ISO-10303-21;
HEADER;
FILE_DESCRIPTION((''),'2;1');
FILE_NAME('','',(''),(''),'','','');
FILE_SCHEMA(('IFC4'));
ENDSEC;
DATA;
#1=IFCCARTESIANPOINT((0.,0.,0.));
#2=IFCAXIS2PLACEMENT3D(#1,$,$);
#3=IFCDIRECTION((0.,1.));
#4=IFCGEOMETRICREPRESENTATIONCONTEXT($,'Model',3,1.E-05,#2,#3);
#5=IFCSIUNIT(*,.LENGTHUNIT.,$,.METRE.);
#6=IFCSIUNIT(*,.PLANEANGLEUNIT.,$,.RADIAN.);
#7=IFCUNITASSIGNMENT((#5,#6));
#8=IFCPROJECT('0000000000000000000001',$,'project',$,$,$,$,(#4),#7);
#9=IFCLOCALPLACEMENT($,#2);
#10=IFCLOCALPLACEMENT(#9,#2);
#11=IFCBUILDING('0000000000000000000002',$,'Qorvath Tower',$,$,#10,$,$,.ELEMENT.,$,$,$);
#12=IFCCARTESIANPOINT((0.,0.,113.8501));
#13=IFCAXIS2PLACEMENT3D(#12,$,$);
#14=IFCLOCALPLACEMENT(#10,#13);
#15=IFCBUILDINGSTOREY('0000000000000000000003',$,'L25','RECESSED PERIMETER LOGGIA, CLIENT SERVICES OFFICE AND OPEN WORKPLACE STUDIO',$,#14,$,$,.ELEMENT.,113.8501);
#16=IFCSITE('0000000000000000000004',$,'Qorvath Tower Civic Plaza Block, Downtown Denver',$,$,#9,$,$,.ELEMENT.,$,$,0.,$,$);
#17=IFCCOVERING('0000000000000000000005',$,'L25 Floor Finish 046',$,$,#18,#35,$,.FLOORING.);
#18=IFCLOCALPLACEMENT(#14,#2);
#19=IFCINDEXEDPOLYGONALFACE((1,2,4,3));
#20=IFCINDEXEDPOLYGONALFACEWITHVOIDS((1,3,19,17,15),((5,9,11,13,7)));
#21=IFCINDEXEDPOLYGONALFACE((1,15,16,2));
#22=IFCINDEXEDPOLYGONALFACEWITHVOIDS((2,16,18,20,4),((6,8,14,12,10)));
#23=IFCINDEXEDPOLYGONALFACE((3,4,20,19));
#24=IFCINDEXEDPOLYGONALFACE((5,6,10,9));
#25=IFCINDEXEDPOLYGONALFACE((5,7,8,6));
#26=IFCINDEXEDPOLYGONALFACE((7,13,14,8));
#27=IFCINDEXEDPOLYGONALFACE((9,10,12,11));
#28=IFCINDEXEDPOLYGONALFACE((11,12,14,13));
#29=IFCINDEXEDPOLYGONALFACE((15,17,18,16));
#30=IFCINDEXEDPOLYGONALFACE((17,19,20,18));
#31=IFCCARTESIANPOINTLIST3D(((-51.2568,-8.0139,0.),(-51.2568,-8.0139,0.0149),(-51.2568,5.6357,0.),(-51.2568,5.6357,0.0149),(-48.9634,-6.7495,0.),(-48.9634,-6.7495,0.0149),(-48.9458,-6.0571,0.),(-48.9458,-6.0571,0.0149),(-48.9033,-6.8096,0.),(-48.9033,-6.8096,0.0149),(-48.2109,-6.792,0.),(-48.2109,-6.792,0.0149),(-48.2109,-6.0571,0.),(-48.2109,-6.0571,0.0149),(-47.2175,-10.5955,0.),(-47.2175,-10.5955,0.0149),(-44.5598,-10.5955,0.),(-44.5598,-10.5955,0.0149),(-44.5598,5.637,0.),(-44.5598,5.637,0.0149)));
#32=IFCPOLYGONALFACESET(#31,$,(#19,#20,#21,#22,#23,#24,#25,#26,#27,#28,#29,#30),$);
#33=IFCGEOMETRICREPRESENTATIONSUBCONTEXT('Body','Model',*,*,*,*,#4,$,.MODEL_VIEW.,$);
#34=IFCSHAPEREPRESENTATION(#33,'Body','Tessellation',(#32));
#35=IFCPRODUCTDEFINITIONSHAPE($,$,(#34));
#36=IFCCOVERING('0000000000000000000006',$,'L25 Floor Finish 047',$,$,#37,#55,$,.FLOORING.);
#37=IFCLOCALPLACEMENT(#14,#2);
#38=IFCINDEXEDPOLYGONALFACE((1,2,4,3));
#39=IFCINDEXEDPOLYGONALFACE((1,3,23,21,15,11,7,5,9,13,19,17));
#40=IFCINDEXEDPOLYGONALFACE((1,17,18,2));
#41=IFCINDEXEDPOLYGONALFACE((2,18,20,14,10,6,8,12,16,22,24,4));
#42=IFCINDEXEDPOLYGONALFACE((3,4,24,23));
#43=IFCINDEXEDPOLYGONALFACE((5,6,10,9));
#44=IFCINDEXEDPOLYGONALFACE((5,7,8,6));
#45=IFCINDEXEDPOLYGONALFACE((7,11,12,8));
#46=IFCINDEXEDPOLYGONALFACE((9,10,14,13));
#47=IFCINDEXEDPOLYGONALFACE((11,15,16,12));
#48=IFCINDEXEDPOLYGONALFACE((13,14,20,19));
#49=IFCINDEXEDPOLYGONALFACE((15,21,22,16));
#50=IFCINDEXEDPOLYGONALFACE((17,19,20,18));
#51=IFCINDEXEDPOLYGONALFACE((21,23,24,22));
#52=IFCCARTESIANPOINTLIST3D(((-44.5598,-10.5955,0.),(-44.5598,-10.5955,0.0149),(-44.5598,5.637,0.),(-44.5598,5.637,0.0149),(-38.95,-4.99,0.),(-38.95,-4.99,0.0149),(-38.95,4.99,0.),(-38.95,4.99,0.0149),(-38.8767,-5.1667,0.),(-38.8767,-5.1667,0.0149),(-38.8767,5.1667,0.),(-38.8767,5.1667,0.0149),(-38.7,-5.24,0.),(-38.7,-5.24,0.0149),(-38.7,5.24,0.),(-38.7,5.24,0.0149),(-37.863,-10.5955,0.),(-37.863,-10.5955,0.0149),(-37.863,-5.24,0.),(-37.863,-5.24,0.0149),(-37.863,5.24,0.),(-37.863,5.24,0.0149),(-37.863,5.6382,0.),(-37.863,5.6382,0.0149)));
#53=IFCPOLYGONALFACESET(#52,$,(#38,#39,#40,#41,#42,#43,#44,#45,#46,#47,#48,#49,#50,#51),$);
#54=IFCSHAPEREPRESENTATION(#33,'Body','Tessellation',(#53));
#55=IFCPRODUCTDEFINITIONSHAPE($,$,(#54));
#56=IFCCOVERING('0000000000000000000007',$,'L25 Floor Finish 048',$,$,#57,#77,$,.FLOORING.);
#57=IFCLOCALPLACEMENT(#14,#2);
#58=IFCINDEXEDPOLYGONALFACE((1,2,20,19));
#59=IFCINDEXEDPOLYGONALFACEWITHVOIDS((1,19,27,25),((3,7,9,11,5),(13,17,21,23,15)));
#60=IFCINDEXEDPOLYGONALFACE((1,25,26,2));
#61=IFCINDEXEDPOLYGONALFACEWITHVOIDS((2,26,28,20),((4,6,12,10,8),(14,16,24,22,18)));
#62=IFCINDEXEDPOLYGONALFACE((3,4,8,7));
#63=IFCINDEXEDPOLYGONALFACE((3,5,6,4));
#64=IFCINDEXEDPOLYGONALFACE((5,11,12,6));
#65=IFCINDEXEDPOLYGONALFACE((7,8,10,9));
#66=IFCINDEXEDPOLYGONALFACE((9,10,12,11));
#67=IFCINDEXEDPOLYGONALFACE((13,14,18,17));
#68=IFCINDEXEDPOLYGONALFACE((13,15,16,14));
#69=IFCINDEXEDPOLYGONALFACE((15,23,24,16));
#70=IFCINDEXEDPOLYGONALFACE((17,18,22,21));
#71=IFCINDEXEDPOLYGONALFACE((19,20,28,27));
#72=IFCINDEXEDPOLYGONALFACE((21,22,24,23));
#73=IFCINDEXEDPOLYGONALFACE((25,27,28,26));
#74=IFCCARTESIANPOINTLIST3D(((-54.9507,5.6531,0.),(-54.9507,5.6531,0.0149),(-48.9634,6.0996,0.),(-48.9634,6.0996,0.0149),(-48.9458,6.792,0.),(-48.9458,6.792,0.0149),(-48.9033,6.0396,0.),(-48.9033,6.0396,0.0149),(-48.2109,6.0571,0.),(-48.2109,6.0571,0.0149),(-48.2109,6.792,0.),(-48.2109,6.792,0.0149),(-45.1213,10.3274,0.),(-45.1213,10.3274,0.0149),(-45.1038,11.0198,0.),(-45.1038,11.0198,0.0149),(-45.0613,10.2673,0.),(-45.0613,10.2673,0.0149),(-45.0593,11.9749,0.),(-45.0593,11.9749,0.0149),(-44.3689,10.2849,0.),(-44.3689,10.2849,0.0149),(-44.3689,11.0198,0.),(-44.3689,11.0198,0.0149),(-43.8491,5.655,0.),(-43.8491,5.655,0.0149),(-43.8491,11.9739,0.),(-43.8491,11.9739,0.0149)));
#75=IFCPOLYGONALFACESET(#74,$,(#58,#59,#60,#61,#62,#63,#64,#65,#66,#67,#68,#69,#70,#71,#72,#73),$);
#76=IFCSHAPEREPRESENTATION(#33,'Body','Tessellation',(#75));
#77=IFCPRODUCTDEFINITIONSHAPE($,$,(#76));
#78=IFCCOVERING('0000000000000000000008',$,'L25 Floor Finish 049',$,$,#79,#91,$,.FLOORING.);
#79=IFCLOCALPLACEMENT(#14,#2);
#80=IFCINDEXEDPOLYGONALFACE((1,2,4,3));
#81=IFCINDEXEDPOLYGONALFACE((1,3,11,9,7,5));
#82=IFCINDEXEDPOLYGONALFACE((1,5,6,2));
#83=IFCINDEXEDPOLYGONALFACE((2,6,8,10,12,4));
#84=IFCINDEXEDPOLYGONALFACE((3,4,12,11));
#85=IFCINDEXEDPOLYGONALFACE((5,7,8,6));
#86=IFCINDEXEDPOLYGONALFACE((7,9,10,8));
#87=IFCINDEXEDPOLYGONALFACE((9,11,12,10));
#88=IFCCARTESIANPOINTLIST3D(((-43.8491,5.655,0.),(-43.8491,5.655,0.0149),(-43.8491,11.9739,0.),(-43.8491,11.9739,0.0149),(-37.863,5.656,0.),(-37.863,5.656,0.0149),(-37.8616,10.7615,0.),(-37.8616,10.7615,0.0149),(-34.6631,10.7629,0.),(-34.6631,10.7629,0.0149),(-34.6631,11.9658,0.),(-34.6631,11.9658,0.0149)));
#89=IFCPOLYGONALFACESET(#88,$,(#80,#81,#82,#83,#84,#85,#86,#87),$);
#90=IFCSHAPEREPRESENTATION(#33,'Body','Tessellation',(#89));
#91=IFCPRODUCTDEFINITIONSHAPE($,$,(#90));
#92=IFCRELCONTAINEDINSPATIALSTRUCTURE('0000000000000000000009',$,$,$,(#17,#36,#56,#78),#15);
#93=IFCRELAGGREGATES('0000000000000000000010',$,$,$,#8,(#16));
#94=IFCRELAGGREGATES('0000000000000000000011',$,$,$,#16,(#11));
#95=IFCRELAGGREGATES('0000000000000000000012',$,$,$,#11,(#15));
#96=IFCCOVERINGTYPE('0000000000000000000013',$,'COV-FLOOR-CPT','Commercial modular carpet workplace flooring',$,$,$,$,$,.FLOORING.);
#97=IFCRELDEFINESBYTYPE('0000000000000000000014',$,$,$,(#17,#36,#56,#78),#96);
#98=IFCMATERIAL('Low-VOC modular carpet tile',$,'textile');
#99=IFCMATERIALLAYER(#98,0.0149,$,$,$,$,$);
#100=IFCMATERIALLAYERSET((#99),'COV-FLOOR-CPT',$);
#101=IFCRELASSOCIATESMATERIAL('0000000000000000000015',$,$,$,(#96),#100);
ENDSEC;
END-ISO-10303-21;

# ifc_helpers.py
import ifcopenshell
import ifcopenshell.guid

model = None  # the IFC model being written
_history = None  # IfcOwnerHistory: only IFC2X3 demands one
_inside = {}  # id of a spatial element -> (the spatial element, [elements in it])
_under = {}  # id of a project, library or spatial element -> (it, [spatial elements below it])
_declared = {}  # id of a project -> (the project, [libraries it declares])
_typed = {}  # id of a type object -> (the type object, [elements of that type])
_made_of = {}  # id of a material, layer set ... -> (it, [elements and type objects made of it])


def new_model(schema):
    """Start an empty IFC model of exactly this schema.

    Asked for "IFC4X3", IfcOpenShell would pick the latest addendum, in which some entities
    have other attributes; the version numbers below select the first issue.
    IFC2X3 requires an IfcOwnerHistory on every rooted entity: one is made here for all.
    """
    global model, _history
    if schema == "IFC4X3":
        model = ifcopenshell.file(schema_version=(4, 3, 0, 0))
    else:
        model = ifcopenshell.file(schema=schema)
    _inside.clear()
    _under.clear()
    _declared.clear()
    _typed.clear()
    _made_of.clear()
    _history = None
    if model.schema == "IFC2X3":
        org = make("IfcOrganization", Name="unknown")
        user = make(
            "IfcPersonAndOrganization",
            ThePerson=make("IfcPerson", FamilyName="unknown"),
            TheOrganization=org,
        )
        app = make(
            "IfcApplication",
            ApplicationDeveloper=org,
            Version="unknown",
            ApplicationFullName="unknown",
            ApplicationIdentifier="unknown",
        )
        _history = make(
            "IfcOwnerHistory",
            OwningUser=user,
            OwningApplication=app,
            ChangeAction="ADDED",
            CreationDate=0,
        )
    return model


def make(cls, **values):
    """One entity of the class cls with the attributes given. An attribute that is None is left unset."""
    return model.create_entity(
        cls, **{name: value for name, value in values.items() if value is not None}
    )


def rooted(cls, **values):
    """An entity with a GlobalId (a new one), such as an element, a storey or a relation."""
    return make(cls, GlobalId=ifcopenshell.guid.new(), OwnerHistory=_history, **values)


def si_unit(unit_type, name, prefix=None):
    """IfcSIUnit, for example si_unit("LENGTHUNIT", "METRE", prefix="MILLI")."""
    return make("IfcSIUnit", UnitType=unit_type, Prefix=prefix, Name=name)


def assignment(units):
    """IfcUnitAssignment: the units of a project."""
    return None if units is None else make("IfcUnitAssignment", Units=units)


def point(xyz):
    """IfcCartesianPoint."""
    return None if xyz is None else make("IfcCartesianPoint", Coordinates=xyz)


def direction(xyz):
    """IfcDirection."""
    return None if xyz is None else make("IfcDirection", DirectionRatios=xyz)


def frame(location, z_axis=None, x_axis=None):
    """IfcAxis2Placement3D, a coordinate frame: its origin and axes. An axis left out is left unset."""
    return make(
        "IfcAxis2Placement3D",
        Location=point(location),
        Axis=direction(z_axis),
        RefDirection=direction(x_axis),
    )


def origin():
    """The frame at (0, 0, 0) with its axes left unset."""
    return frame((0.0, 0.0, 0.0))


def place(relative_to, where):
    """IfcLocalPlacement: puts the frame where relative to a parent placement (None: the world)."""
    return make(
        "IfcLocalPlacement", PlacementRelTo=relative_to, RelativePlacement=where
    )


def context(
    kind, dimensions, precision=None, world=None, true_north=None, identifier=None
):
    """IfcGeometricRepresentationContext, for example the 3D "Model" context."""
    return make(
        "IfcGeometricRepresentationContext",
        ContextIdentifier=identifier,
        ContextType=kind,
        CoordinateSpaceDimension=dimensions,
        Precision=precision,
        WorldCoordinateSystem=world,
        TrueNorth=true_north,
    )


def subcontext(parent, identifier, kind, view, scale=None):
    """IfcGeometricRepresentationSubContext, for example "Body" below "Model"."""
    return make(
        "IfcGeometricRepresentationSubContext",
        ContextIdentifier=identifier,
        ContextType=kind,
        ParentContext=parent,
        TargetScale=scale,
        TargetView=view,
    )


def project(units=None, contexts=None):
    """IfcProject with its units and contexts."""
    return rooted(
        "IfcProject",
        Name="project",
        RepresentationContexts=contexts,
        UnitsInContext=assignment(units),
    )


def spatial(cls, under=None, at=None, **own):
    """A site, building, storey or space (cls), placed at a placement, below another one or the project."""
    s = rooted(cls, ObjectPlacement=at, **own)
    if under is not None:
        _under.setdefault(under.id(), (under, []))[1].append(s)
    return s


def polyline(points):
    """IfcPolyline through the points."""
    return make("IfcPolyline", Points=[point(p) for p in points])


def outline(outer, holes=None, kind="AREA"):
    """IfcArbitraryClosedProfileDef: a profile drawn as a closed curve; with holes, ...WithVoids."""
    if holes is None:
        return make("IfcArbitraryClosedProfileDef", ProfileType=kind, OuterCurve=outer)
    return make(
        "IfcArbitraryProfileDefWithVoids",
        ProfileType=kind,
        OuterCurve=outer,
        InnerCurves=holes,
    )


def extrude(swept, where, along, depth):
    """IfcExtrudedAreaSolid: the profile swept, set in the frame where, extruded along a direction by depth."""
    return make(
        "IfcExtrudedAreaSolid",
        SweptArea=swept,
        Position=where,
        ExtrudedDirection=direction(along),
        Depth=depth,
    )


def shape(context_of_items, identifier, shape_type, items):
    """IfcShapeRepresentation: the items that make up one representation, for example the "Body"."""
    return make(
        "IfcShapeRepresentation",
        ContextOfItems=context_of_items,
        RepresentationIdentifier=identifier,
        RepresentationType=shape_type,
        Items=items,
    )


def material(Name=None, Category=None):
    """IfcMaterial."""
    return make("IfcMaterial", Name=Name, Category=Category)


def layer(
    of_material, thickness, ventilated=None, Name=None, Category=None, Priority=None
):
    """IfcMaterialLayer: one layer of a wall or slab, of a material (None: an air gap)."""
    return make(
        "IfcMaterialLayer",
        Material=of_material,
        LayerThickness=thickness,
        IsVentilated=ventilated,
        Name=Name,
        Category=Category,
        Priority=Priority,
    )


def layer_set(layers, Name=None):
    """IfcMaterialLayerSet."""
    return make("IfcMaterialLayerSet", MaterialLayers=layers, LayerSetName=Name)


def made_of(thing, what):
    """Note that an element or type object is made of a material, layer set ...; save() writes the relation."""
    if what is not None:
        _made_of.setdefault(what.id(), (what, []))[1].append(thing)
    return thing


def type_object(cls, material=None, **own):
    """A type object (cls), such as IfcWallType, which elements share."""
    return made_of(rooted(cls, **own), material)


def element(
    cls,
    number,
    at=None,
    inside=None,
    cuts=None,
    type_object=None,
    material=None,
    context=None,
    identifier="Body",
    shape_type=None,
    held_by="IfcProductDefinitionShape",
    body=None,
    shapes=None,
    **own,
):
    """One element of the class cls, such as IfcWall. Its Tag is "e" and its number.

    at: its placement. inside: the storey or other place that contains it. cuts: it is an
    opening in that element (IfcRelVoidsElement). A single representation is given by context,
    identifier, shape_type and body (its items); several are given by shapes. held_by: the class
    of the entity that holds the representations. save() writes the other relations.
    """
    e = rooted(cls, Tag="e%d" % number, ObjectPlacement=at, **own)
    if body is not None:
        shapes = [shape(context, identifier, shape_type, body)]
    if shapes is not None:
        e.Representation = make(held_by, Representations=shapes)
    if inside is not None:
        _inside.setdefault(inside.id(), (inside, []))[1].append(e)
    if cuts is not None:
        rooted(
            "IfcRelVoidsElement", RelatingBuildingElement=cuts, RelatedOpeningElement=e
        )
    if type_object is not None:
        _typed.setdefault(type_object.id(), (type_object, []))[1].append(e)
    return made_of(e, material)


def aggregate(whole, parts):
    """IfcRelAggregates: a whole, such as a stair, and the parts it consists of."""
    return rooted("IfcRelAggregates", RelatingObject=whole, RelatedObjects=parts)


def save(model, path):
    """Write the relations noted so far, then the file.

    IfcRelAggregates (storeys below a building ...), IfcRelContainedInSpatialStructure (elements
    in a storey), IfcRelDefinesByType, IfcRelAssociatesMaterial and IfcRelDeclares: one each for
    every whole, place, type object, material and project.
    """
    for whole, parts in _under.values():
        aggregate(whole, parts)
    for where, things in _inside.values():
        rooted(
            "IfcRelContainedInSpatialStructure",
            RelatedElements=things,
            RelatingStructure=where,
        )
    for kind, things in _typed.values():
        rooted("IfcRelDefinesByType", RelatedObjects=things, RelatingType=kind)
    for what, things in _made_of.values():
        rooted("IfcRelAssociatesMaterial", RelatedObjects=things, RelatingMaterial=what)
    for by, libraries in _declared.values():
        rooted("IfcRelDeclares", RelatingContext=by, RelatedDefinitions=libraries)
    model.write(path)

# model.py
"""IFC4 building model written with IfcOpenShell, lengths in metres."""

from ifc_helpers import new_model, si_unit, direction, frame, origin, place, context, subcontext, project, spatial, polyline, outline, extrude, material, layer, layer_set, type_object, element, save


model = new_model("IFC4")

# Units and contexts
model_context = context("Model", 3, precision=1e-05, world=origin(), true_north=direction((0.0, 1.0)))
body_context = subcontext(model_context, "Body", "Model", "MODEL_VIEW")
ifc_project = project(units=[si_unit("LENGTHUNIT", "METRE"), si_unit("PLANEANGLEUNIT", "RADIAN")], contexts=[model_context])

# Site, building, storey
site_placement = place(None, origin())
site = spatial("IfcSite", under=ifc_project, at=site_placement, Name="Qorvath Tower Civic Plaza Block, Downtown Denver", CompositionType="ELEMENT", RefElevation=0.0)
building_placement = place(site_placement, origin())
building = spatial("IfcBuilding", under=site, at=building_placement, Name="Qorvath Tower", CompositionType="ELEMENT")
storey_placement = place(building_placement, frame((0.0, 0.0, 113.8501)))
storey = spatial("IfcBuildingStorey", under=building, at=storey_placement, Name="L25", Description="RECESSED PERIMETER LOGGIA, CLIENT SERVICES OFFICE AND OPEN WORKPLACE STUDIO", CompositionType="ELEMENT", Elevation=113.8501)

# Coverings
ifc_material_1 = material(Name="Low-VOC modular carpet tile", Category="textile")
ifc_layer_1 = layer(ifc_material_1, 0.0149)
ifc_layer_set_1 = layer_set([ifc_layer_1], Name="COV-FLOOR-CPT")
covering_type_1 = type_object("IfcCoveringType", Name="COV-FLOOR-CPT", Description="Commercial modular carpet workplace flooring", PredefinedType="FLOORING", material=ifc_layer_set_1)
covering_1_placement = place(storey_placement, origin())
element("IfcCovering", 1, at=covering_1_placement, inside=storey, type_object=covering_type_1, Name="L25 Floor Finish 046", PredefinedType="FLOORING", context=body_context, shape_type="SweptSolid", body=[
    extrude(outline(polyline([(-51.2568, 5.6357), (-51.2568, -8.0139), (-47.2175, -10.5955), (-44.5598, -10.5955), (-44.5598, 5.637), (-51.2568, 5.6357)]), holes=[polyline([(-48.9634, -6.7495), (-48.9458, -6.0571), (-48.2109, -6.0571), (-48.2109, -6.792), (-48.9033, -6.8096), (-48.9634, -6.7495)])]), origin(), (0.0, 0.0, 1.0), 0.0149),
])
covering_2_placement = place(storey_placement, origin())
element("IfcCovering", 2, at=covering_2_placement, inside=storey, type_object=covering_type_1, Name="L25 Floor Finish 047", PredefinedType="FLOORING", context=body_context, shape_type="SweptSolid", body=[
    extrude(outline(polyline([(-44.5598, 5.637), (-44.5598, -10.5955), (-37.863, -10.5955), (-37.863, -5.24), (-38.7, -5.24), (-38.8767, -5.1667), (-38.95, -4.99), (-38.95, 4.99), (-38.8767, 5.1667), (-38.7, 5.24), (-37.863, 5.24), (-37.863, 5.6382), (-44.5598, 5.637)])), origin(), (0.0, 0.0, 1.0), 0.0149),
])
covering_3_placement = place(storey_placement, origin())
element("IfcCovering", 3, at=covering_3_placement, inside=storey, type_object=covering_type_1, Name="L25 Floor Finish 048", PredefinedType="FLOORING", context=body_context, shape_type="SweptSolid", body=[
    extrude(outline(polyline([(-43.8491, 5.655), (-43.8491, 11.9739), (-45.0593, 11.9749), (-54.9507, 5.6531), (-43.8491, 5.655)]), holes=[polyline([(-45.1213, 10.3274), (-45.1038, 11.0198), (-44.3689, 11.0198), (-44.3689, 10.2849), (-45.0613, 10.2673), (-45.1213, 10.3274)]), polyline([(-48.9634, 6.0996), (-48.9458, 6.792), (-48.2109, 6.792), (-48.2109, 6.0571), (-48.9033, 6.0396), (-48.9634, 6.0996)])]), origin(), (0.0, 0.0, 1.0), 0.0149),
])
covering_4_placement = place(storey_placement, origin())
element("IfcCovering", 4, at=covering_4_placement, inside=storey, type_object=covering_type_1, Name="L25 Floor Finish 049", PredefinedType="FLOORING", context=body_context, shape_type="SweptSolid", body=[
    extrude(outline(polyline([(-34.6631, 10.7629), (-34.6631, 11.9658), (-43.8491, 11.9739), (-43.8491, 5.655), (-37.863, 5.656), (-37.8616, 10.7615), (-34.6631, 10.7629)])), origin(), (0.0, 0.0, 1.0), 0.0149),
])

save(model, "model.ifc")
